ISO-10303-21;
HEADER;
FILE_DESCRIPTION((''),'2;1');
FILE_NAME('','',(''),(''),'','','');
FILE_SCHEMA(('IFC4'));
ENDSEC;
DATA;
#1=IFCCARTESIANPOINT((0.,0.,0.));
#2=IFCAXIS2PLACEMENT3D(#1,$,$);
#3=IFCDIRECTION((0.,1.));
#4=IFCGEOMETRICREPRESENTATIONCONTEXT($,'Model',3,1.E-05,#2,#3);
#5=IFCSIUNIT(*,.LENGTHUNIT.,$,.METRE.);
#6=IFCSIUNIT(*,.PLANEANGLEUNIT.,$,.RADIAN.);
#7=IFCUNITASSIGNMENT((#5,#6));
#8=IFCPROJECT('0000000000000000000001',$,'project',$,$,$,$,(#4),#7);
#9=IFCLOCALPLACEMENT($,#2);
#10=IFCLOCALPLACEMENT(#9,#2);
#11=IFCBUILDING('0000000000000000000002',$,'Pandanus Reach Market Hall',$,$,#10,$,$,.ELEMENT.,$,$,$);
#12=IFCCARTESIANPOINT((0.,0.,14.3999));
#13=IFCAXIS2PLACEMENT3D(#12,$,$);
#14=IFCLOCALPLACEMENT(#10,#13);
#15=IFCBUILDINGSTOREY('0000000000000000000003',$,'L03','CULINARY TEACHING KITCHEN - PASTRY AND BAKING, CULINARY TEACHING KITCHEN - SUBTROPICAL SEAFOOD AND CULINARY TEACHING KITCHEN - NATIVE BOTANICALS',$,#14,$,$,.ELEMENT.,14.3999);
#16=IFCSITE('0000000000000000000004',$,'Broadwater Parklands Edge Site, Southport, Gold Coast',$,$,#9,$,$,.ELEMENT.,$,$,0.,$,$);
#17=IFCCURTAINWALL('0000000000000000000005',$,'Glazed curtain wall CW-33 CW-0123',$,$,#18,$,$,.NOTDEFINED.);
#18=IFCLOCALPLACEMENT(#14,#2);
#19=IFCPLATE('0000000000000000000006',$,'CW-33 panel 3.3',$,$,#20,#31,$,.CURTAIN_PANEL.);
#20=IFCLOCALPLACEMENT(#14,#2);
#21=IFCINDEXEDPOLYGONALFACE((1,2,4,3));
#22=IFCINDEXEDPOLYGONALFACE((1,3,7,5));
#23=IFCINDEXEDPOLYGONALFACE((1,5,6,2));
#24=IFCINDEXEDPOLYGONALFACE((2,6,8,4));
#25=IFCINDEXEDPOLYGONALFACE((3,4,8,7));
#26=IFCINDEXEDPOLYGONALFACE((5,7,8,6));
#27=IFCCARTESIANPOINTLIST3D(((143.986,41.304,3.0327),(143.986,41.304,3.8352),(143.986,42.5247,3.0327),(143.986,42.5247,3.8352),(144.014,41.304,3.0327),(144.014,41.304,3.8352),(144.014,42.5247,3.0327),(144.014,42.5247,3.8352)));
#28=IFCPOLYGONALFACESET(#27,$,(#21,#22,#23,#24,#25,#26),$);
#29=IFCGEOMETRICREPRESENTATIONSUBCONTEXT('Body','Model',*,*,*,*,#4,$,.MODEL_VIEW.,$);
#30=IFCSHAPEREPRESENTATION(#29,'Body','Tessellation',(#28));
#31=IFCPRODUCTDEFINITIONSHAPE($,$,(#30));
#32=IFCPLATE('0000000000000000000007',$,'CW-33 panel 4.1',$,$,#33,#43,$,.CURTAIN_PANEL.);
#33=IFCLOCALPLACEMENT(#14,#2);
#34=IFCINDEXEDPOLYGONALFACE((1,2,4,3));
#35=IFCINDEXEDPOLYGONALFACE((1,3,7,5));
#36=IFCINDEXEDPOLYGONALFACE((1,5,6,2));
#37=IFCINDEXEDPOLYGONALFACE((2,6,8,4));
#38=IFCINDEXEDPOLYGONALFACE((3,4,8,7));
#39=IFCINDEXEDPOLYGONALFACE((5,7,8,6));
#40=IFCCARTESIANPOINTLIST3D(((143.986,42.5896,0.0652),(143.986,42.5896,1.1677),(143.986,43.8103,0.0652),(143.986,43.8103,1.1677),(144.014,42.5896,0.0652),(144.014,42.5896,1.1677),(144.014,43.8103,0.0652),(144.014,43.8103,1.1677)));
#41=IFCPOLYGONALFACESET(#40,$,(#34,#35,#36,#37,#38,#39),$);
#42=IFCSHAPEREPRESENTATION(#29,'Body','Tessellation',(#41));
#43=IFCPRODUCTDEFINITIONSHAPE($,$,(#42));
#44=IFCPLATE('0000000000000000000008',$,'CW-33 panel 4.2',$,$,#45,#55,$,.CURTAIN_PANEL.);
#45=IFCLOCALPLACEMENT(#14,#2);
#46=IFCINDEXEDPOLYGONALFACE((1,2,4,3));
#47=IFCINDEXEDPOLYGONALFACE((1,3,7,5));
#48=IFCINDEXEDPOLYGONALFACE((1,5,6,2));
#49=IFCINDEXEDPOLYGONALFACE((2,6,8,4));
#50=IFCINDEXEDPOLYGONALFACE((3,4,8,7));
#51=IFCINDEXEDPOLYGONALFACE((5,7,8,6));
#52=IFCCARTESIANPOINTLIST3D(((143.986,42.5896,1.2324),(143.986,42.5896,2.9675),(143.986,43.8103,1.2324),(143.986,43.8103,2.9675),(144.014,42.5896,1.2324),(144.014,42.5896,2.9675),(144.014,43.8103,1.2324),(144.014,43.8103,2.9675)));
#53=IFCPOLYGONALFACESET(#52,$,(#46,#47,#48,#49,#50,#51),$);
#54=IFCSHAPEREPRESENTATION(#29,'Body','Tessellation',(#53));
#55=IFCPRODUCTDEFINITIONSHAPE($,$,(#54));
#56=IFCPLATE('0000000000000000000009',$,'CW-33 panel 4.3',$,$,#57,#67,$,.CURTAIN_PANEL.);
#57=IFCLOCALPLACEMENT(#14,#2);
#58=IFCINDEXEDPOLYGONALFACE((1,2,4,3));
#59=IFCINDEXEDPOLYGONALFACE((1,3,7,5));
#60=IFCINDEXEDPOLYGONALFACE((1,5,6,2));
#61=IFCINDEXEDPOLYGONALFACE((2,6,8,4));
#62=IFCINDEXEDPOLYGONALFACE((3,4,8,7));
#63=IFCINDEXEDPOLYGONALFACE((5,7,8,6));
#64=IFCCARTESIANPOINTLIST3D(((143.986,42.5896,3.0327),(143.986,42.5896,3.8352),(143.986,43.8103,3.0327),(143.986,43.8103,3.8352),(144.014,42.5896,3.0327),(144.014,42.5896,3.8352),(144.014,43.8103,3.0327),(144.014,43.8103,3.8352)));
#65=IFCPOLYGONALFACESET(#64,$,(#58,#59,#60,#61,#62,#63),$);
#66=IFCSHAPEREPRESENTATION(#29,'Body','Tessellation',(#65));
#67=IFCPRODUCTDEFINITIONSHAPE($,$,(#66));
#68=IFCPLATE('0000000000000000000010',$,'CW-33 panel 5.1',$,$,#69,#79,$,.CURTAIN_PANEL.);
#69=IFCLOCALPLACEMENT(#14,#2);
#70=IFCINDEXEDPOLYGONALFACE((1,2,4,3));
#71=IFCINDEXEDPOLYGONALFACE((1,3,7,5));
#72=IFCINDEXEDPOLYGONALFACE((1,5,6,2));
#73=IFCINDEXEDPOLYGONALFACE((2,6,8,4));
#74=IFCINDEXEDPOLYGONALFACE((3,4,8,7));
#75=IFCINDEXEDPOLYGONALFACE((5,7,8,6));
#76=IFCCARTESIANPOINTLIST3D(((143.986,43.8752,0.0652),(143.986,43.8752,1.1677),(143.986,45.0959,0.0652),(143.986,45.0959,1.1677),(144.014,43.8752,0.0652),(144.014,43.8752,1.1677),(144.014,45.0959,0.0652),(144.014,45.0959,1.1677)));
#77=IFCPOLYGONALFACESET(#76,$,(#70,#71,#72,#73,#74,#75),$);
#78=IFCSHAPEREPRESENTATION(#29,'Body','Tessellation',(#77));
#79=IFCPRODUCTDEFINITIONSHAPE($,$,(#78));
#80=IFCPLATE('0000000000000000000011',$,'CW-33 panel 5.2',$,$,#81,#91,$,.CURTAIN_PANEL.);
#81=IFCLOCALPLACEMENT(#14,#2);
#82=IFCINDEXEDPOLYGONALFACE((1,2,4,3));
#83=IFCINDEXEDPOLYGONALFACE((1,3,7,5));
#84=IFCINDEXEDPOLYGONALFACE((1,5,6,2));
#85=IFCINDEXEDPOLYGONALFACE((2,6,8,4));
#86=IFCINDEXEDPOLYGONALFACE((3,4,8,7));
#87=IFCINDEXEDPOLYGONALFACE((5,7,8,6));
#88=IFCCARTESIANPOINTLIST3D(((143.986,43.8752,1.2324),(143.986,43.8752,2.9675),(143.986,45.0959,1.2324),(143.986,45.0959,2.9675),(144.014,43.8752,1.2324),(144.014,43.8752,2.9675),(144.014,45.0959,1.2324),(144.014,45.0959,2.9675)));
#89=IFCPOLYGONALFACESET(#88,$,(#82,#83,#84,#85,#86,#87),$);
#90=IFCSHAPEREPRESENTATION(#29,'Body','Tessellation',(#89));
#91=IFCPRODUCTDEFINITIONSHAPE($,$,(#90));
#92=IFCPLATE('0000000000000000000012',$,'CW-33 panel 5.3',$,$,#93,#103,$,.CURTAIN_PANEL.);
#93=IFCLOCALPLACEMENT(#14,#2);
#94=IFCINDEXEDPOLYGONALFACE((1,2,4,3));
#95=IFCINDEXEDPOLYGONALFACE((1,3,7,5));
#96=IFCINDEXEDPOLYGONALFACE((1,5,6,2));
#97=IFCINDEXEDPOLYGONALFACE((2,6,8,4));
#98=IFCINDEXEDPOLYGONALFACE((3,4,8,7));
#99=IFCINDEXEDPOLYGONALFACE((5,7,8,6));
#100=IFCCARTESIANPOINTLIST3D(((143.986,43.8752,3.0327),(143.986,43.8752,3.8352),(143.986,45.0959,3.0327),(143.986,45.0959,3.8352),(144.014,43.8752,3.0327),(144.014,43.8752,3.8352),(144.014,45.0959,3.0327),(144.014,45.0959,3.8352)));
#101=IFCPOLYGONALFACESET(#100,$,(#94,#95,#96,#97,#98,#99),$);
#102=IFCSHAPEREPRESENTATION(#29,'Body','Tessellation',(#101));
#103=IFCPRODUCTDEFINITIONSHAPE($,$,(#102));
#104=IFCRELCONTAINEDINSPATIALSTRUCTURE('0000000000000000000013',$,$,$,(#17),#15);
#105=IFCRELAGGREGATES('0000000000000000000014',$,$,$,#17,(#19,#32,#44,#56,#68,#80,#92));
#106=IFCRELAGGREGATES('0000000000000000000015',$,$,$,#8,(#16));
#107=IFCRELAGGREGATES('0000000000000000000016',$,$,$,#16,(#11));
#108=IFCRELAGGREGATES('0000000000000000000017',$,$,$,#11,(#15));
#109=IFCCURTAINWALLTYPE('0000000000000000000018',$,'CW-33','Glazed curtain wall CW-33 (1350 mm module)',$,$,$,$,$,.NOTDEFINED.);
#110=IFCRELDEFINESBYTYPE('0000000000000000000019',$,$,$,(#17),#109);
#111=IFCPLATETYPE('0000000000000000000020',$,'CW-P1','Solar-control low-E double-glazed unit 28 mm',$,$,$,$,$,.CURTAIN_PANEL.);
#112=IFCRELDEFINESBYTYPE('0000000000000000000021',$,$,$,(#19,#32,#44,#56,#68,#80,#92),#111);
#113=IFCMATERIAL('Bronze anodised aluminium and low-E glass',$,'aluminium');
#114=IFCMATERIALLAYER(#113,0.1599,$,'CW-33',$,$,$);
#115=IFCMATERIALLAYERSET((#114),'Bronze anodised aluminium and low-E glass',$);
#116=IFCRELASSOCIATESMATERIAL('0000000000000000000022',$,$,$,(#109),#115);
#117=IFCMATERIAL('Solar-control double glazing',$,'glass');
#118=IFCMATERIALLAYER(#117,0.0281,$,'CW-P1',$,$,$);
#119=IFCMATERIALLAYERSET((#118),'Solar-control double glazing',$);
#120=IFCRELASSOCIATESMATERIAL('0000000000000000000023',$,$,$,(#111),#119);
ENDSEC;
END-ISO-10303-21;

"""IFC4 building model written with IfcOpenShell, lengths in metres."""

from ifc_helpers import new_model, si_unit, direction, frame, origin, origin_2d, place, context, subcontext, project, spatial, rectangle, extrude, material, layer, layer_set, type_object, element, aggregate, save


model = new_model("IFC4")

# Units and contexts
model_context = context("Model", 3, precision=1e-05, world=origin(), true_north=direction((0.0, 1.0)))
body_context = subcontext(model_context, "Body", "Model", "MODEL_VIEW")
ifc_project = project(units=[si_unit("LENGTHUNIT", "METRE"), si_unit("PLANEANGLEUNIT", "RADIAN")], contexts=[model_context])

# Site, building, storey
site_placement = place(None, origin())
site = spatial("IfcSite", under=ifc_project, at=site_placement, Name="Broadwater Parklands Edge Site, Southport, Gold Coast", CompositionType="ELEMENT", RefElevation=0.0)
building_placement = place(site_placement, origin())
building = spatial("IfcBuilding", under=site, at=building_placement, Name="Pandanus Reach Market Hall", CompositionType="ELEMENT")
storey_placement = place(building_placement, frame((0.0, 0.0, 14.3999)))
storey = spatial("IfcBuildingStorey", under=building, at=storey_placement, Name="L03", Description="CULINARY TEACHING KITCHEN - PASTRY AND BAKING, CULINARY TEACHING KITCHEN - SUBTROPICAL SEAFOOD AND CULINARY TEACHING KITCHEN - NATIVE BOTANICALS", CompositionType="ELEMENT", Elevation=14.3999)

# Curtain wall, plates
ifc_material_1 = material(Name="Bronze anodised aluminium and low-E glass", Category="aluminium")
ifc_layer_1 = layer(ifc_material_1, 0.1599, Name="CW-33")
ifc_layer_set_1 = layer_set([ifc_layer_1], Name="Bronze anodised aluminium and low-E glass")
curtain_wall_type = type_object("IfcCurtainWallType", Name="CW-33", Description="Glazed curtain wall CW-33 (1350 mm module)", PredefinedType="NOTDEFINED", material=ifc_layer_set_1)
curtain_wall_placement = place(storey_placement, origin())
curtain_wall = element("IfcCurtainWall", 1, at=curtain_wall_placement, inside=storey, type_object=curtain_wall_type, Name="Glazed curtain wall CW-33 CW-0123", PredefinedType="NOTDEFINED")
ifc_material_2 = material(Name="Solar-control double glazing", Category="glass")
ifc_layer_2 = layer(ifc_material_2, 0.0281, Name="CW-P1")
ifc_layer_set_2 = layer_set([ifc_layer_2], Name="Solar-control double glazing")
plate_type = type_object("IfcPlateType", Name="CW-P1", Description="Solar-control low-E double-glazed unit 28 mm", PredefinedType="CURTAIN_PANEL", material=ifc_layer_set_2)
plate_1_placement = place(storey_placement, frame((144.0, 41.9143, 3.0327), z_axis=(0.0, 0.0, 1.0), x_axis=(0.0, 1.0, 0.0)))
plate_1 = element("IfcPlate", 2, at=plate_1_placement, type_object=plate_type, Name="CW-33 panel 3.3", PredefinedType="CURTAIN_PANEL", context=body_context, shape_type="SweptSolid", body=[
    extrude(rectangle(XDim=1.2207, YDim=0.0281, at=origin_2d()), origin(), (0.0, 0.0, 1.0), 0.8025),
])
plate_2_placement = place(storey_placement, frame((144.0, 43.2, 0.0652), z_axis=(0.0, 0.0, 1.0), x_axis=(0.0, 1.0, 0.0)))
plate_2 = element("IfcPlate", 3, at=plate_2_placement, type_object=plate_type, Name="CW-33 panel 4.1", PredefinedType="CURTAIN_PANEL", context=body_context, shape_type="SweptSolid", body=[
    extrude(rectangle(XDim=1.2207, YDim=0.0281, at=origin_2d()), origin(), (0.0, 0.0, 1.0), 1.1025),
])
plate_3_placement = place(storey_placement, frame((144.0, 43.2, 1.2324), z_axis=(0.0, 0.0, 1.0), x_axis=(0.0, 1.0, 0.0)))
plate_3 = element("IfcPlate", 4, at=plate_3_placement, type_object=plate_type, Name="CW-33 panel 4.2", PredefinedType="CURTAIN_PANEL", context=body_context, shape_type="SweptSolid", body=[
    extrude(rectangle(XDim=1.2207, YDim=0.0281, at=origin_2d()), origin(), (0.0, 0.0, 1.0), 1.7351),
])
plate_4_placement = place(storey_placement, frame((144.0, 43.2, 3.0327), z_axis=(0.0, 0.0, 1.0), x_axis=(0.0, 1.0, 0.0)))
plate_4 = element("IfcPlate", 5, at=plate_4_placement, type_object=plate_type, Name="CW-33 panel 4.3", PredefinedType="CURTAIN_PANEL", context=body_context, shape_type="SweptSolid", body=[
    extrude(rectangle(XDim=1.2207, YDim=0.0281, at=origin_2d()), origin(), (0.0, 0.0, 1.0), 0.8025),
])
plate_5_placement = place(storey_placement, frame((144.0, 44.4856, 0.0652), z_axis=(0.0, 0.0, 1.0), x_axis=(0.0, 1.0, 0.0)))
plate_5 = element("IfcPlate", 6, at=plate_5_placement, type_object=plate_type, Name="CW-33 panel 5.1", PredefinedType="CURTAIN_PANEL", context=body_context, shape_type="SweptSolid", body=[
    extrude(rectangle(XDim=1.2207, YDim=0.0281, at=origin_2d()), origin(), (0.0, 0.0, 1.0), 1.1025),
])
plate_6_placement = place(storey_placement, frame((144.0, 44.4856, 1.2324), z_axis=(0.0, 0.0, 1.0), x_axis=(0.0, 1.0, 0.0)))
plate_6 = element("IfcPlate", 7, at=plate_6_placement, type_object=plate_type, Name="CW-33 panel 5.2", PredefinedType="CURTAIN_PANEL", context=body_context, shape_type="SweptSolid", body=[
    extrude(rectangle(XDim=1.2207, YDim=0.0281, at=origin_2d()), origin(), (0.0, 0.0, 1.0), 1.7351),
])
plate_7_placement = place(storey_placement, frame((144.0, 44.4856, 3.0327), z_axis=(0.0, 0.0, 1.0), x_axis=(0.0, 1.0, 0.0)))
plate_7 = element("IfcPlate", 8, at=plate_7_placement, type_object=plate_type, Name="CW-33 panel 5.3", PredefinedType="CURTAIN_PANEL", context=body_context, shape_type="SweptSolid", body=[
    extrude(rectangle(XDim=1.2207, YDim=0.0281, at=origin_2d()), origin(), (0.0, 0.0, 1.0), 0.8025),
])
aggregate(curtain_wall, [plate_1, plate_2, plate_3, plate_4, plate_5, plate_6, plate_7])

save(model, "model.ifc")
